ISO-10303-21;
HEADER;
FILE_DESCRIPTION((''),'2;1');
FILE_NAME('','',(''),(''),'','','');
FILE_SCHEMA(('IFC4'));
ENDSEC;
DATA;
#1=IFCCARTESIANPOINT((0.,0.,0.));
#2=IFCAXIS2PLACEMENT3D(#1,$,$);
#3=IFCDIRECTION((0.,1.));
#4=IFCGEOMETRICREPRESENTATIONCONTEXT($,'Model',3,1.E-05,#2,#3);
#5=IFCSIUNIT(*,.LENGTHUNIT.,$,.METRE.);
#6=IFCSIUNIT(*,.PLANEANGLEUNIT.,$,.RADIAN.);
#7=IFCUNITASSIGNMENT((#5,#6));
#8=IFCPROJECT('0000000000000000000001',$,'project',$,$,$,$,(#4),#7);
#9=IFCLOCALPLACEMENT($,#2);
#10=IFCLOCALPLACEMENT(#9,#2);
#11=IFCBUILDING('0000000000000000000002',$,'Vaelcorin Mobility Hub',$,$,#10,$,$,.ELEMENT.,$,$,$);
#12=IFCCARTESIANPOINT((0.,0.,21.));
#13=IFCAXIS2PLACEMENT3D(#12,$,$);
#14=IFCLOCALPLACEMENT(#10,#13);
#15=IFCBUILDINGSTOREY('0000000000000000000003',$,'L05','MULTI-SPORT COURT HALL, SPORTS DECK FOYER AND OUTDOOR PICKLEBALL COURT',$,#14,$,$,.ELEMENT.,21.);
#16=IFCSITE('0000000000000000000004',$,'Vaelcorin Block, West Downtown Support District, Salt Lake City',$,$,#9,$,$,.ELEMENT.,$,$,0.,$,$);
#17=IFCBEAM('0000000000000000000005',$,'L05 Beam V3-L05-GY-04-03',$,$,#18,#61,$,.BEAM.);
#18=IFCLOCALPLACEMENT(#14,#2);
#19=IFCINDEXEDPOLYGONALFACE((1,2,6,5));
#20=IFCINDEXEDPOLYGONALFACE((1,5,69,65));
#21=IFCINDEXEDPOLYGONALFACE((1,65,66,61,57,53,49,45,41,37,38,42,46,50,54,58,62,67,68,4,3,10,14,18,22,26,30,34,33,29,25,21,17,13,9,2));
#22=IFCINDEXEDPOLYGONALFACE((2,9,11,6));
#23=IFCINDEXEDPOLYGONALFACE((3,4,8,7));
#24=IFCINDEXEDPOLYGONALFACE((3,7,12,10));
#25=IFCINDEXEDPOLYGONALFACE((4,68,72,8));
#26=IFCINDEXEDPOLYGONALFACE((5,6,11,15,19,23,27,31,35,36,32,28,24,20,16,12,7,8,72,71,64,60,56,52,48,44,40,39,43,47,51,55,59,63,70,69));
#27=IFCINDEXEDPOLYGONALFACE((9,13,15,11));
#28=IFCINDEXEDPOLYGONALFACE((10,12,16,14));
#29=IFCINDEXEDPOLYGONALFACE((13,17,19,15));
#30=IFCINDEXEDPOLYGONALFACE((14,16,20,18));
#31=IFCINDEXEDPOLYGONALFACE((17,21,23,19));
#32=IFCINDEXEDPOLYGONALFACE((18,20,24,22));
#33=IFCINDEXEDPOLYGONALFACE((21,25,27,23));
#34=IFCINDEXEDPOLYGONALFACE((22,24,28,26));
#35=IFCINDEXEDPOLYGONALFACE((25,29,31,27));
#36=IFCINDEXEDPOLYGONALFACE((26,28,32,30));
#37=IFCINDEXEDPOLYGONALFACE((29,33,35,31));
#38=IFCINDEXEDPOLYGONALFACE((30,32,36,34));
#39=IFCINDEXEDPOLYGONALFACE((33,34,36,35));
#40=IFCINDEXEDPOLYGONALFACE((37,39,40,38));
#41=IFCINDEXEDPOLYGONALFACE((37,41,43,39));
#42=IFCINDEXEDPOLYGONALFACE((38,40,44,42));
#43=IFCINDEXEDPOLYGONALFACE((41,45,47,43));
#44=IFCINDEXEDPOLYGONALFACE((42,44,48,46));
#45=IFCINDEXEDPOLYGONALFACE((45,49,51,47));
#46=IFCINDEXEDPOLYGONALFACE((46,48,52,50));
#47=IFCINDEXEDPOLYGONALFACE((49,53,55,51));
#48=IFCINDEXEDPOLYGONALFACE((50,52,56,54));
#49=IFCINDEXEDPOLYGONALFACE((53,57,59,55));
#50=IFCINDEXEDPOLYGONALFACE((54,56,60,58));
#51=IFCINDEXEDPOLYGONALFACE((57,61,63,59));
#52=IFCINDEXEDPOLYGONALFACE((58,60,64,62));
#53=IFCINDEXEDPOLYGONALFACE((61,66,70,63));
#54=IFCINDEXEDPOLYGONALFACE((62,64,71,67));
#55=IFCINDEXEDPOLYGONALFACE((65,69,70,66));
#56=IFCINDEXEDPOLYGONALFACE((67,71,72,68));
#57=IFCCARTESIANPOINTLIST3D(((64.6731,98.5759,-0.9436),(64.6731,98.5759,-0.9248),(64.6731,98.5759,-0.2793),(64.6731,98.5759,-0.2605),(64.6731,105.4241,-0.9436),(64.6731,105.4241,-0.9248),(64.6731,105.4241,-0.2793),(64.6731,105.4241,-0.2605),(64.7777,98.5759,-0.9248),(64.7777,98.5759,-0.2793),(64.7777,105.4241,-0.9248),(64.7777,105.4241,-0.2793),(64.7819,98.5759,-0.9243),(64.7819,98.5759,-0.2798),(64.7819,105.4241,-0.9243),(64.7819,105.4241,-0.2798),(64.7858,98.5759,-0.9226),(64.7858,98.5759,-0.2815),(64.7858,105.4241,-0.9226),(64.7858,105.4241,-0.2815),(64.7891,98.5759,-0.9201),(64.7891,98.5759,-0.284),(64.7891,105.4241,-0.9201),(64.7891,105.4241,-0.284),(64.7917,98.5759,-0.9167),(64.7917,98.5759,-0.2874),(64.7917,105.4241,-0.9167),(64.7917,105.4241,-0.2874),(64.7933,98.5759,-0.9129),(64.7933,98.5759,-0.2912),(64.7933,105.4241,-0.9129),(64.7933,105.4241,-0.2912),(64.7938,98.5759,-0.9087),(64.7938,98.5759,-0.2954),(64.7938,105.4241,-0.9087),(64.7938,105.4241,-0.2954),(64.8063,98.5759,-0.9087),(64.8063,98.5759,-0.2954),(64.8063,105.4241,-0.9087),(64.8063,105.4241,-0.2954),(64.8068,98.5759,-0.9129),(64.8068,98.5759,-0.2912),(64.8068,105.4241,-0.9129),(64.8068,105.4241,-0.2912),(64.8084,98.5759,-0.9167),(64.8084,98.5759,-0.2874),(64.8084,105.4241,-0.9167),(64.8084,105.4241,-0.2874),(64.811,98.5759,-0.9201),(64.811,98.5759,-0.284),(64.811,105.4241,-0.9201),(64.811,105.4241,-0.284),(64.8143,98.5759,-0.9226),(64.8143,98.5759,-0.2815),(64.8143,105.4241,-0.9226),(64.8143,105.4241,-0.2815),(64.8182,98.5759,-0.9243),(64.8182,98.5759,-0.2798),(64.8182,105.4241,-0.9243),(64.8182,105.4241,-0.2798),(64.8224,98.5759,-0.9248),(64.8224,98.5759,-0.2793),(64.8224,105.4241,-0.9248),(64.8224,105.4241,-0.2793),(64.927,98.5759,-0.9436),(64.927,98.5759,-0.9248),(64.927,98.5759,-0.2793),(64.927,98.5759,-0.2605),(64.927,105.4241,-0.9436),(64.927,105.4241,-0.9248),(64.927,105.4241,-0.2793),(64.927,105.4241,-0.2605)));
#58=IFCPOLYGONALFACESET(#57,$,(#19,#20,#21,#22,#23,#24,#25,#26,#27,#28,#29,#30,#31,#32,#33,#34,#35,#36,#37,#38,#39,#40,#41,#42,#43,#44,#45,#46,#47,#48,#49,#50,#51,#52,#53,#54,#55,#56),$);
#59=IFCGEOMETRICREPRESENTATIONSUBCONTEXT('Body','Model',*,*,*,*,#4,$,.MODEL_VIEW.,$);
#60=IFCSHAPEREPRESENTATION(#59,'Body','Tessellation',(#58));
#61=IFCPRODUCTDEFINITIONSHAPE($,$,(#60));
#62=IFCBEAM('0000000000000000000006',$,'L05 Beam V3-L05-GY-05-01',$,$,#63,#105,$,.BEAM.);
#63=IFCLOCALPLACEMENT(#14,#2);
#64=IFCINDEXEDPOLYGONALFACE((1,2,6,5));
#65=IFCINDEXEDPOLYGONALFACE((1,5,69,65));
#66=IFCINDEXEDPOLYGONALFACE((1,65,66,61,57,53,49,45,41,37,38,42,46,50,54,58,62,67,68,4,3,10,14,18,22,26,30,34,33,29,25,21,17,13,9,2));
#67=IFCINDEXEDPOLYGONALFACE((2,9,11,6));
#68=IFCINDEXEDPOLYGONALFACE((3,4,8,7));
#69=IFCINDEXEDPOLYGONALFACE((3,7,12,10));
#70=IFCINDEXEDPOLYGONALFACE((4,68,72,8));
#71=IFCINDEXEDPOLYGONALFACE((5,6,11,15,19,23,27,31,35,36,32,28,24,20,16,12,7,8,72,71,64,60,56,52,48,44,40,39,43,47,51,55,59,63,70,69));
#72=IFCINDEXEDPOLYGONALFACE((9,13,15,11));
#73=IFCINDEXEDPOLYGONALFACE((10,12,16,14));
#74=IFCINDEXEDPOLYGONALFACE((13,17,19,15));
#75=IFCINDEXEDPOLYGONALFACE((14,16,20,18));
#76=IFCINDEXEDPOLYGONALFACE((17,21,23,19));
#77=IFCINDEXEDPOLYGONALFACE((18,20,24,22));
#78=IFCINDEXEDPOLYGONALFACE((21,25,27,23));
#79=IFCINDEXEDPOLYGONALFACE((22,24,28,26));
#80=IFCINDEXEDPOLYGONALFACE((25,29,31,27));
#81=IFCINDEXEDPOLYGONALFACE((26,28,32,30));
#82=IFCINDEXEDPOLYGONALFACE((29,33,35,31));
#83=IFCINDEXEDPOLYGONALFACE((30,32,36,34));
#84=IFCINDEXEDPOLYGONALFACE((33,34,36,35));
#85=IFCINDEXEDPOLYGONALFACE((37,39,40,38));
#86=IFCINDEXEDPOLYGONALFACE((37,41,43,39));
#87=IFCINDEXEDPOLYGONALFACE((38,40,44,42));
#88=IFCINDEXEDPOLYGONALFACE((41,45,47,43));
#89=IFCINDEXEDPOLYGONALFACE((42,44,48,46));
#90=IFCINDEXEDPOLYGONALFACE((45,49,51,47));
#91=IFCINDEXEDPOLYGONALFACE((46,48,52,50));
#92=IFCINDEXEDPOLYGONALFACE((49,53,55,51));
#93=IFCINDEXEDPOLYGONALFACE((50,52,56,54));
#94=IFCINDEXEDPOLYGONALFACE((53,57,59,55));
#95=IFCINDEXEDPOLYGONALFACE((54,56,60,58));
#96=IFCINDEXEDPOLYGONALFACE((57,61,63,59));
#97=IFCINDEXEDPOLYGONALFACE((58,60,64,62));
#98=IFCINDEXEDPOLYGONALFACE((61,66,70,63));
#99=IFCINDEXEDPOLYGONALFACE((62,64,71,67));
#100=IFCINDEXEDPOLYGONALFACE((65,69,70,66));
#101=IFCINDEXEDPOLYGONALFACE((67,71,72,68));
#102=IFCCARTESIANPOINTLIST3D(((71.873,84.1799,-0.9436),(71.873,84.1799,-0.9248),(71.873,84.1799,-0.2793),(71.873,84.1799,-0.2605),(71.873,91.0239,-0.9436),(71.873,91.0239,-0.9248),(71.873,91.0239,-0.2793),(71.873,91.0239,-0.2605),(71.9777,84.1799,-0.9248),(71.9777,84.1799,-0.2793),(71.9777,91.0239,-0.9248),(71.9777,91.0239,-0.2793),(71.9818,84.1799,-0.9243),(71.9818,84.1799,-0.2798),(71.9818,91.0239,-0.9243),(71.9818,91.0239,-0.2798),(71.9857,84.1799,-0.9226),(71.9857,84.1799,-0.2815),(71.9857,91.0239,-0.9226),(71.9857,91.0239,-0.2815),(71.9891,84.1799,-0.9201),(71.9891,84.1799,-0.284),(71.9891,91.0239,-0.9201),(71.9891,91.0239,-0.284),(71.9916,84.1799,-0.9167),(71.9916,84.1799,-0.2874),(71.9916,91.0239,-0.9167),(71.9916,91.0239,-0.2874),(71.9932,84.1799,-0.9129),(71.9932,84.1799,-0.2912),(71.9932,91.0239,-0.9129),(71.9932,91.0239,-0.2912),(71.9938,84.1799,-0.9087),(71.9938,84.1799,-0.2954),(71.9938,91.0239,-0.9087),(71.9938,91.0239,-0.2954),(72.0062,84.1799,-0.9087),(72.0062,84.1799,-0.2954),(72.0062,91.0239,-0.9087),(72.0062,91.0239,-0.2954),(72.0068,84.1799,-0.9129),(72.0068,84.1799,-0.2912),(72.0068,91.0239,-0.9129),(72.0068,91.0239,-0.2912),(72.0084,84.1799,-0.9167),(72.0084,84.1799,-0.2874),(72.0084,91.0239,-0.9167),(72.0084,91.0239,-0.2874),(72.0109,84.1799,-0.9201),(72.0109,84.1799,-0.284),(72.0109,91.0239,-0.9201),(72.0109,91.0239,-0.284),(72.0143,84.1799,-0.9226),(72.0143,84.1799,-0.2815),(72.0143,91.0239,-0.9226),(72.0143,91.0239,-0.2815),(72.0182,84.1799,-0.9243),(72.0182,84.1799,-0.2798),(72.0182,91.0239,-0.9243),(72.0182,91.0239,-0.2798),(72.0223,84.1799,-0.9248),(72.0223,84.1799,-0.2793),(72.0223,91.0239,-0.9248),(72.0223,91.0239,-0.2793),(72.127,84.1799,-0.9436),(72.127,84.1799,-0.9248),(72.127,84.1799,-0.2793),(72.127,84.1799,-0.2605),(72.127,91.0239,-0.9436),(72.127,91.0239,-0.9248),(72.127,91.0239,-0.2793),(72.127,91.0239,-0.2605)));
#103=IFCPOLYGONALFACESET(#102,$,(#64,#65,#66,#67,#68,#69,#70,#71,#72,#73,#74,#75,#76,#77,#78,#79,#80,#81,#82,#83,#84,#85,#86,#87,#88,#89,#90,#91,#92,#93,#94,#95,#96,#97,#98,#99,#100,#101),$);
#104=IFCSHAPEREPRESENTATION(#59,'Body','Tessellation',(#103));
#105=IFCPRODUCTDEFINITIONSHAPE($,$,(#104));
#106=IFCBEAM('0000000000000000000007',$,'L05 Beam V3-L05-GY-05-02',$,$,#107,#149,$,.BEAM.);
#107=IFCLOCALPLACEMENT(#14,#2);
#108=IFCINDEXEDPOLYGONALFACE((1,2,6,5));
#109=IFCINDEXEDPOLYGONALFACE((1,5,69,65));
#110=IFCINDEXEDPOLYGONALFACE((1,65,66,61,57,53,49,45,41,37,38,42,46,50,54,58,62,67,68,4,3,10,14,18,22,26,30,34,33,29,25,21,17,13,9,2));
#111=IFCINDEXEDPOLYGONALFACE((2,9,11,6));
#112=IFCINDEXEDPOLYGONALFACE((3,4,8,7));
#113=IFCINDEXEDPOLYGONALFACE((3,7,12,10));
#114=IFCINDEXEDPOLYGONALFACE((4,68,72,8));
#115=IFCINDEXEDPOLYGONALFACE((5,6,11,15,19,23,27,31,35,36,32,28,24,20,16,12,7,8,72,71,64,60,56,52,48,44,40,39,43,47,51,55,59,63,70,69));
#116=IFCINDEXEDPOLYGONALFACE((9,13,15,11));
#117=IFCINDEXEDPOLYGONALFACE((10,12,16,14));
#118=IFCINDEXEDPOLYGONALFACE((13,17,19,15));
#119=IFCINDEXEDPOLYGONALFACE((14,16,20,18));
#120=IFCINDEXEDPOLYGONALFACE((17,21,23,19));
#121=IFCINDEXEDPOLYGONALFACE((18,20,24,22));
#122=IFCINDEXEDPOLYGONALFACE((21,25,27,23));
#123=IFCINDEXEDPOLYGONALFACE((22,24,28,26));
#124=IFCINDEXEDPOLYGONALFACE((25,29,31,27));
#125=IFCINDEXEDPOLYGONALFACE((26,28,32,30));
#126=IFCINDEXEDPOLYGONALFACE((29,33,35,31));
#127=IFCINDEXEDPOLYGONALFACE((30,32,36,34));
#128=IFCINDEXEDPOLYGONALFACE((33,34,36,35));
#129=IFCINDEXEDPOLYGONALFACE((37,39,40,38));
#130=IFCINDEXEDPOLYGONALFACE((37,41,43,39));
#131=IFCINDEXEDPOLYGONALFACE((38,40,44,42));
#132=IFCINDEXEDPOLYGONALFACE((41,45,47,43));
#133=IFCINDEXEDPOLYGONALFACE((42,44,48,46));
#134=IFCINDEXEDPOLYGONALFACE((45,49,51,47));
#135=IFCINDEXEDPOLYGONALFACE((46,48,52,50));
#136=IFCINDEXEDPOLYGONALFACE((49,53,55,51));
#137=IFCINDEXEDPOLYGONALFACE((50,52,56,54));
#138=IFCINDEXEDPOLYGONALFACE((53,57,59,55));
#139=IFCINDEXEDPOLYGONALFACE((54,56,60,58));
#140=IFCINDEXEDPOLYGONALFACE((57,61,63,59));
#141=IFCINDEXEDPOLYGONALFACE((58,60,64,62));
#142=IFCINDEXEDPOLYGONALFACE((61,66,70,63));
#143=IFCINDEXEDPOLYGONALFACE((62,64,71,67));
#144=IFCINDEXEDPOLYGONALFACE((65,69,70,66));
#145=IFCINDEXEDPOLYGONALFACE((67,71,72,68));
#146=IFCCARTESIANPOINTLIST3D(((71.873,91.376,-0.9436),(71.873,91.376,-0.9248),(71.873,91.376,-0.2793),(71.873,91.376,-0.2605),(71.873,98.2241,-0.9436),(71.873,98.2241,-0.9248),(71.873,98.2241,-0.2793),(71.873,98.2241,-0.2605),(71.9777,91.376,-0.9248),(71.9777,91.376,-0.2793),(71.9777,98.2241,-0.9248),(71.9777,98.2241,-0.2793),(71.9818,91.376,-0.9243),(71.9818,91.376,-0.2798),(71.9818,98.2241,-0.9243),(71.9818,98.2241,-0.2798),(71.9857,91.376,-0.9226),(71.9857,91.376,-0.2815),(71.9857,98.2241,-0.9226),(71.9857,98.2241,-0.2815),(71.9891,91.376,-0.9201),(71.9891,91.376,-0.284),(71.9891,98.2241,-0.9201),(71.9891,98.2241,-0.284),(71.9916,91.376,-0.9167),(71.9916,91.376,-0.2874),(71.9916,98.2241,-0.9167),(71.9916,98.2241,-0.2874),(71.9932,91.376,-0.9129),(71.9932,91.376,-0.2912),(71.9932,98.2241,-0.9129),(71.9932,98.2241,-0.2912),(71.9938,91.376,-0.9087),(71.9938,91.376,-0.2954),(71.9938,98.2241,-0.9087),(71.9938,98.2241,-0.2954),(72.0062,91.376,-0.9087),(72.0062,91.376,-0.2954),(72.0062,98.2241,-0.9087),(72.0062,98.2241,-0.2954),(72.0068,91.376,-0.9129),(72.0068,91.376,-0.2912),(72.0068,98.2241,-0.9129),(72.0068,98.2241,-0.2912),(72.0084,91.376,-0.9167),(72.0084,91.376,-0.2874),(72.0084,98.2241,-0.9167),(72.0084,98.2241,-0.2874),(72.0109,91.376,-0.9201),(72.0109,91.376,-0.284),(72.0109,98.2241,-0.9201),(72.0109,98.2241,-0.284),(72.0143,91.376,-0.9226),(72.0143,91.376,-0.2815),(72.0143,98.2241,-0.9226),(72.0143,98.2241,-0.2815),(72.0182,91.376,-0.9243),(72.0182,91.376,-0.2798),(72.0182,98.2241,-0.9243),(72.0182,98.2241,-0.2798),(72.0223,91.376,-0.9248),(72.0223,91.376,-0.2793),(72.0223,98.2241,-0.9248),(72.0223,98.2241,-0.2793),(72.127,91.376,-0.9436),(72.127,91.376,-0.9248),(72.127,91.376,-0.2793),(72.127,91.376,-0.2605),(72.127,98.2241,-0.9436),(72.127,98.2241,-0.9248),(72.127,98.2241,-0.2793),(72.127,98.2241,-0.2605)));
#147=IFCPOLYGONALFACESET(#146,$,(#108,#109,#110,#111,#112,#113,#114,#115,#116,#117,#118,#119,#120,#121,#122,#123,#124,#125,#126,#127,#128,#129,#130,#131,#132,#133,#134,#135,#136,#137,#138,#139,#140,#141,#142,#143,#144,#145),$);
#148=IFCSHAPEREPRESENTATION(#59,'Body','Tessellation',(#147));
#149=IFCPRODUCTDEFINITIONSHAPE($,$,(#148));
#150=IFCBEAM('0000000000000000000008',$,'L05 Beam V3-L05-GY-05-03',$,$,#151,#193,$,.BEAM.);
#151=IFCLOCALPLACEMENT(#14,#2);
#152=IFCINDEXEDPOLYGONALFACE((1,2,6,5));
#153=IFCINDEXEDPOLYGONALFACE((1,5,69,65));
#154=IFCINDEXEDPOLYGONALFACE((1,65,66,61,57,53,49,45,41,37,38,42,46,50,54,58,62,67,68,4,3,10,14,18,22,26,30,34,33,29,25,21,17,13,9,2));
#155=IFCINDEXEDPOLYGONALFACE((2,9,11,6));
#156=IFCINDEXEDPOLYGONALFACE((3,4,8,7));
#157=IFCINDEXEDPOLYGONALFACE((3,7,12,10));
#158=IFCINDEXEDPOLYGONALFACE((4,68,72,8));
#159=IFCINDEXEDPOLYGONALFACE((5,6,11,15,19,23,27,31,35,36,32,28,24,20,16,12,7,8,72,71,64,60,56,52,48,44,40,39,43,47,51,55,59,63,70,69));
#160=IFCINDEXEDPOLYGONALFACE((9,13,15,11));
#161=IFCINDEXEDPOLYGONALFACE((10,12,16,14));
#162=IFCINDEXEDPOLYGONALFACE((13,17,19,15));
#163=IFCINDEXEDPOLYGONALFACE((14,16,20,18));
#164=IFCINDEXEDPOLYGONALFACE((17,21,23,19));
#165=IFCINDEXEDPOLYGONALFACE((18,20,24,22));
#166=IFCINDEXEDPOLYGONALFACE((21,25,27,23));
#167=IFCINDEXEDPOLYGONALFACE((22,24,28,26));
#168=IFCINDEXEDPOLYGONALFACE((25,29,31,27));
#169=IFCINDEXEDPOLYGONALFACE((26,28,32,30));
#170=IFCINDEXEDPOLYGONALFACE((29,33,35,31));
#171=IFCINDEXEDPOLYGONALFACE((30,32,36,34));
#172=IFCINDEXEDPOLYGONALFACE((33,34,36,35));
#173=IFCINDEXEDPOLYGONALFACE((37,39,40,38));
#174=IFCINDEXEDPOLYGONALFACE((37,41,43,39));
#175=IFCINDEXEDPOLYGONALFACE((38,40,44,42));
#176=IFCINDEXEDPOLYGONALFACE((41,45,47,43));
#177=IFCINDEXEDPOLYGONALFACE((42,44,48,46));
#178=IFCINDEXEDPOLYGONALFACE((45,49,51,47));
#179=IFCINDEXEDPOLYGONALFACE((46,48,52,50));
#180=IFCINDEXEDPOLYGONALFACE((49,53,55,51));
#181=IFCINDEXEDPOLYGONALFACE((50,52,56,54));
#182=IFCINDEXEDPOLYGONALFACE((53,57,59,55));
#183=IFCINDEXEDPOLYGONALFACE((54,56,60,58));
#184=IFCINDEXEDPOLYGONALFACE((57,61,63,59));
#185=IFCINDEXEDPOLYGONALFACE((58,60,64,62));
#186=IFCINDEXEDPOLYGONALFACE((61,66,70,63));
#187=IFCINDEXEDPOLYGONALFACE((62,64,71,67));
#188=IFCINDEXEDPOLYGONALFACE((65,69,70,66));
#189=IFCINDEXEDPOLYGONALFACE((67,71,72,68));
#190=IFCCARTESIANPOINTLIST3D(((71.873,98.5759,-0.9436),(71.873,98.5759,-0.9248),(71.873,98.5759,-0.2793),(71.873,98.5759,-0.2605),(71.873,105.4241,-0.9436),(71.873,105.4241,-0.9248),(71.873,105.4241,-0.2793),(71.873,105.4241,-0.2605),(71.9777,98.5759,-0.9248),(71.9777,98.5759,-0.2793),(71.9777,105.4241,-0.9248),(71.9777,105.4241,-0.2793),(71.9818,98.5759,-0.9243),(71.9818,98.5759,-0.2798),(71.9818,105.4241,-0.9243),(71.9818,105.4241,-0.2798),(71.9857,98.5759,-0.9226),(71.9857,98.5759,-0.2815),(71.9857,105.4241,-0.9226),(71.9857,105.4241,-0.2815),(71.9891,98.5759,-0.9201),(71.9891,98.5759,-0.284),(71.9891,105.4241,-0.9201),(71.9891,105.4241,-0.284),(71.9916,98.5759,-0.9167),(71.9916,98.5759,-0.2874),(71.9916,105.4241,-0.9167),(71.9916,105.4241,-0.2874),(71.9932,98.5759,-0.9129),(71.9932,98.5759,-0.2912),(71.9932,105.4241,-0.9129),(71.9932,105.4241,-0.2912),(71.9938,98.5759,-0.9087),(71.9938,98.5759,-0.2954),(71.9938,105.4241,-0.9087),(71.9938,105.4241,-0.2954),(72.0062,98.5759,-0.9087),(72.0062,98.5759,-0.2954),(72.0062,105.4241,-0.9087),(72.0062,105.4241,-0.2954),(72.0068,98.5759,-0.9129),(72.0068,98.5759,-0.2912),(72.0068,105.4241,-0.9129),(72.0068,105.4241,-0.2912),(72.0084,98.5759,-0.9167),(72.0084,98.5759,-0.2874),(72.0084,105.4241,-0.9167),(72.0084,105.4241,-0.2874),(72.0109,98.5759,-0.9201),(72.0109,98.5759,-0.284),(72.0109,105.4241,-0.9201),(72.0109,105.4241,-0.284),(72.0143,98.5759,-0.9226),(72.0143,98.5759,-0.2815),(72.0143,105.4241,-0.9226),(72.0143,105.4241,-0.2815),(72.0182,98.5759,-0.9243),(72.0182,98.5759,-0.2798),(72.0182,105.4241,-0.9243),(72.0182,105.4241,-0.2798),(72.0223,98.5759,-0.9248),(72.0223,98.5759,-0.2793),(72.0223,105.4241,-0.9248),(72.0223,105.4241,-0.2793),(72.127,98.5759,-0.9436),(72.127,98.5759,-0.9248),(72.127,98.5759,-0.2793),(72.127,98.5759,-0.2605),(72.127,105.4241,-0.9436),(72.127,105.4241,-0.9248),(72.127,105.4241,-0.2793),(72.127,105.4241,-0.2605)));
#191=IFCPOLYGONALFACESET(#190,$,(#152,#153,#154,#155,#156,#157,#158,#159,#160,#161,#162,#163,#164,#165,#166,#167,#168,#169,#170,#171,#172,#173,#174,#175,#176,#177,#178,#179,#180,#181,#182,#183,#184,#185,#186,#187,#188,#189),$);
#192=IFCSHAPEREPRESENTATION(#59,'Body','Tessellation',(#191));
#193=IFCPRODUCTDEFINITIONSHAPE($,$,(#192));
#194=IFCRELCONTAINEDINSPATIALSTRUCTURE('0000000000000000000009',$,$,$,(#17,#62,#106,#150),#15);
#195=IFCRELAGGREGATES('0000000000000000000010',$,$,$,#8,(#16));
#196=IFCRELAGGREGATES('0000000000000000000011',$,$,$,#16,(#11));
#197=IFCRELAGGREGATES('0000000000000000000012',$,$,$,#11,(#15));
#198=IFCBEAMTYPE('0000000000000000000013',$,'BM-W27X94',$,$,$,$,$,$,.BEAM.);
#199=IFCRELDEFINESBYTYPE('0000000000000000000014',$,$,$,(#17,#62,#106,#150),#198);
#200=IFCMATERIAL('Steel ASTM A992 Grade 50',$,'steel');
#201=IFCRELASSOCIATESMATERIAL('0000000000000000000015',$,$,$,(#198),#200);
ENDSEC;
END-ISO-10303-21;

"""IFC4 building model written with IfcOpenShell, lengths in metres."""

from ifc_helpers import new_model, si_unit, direction, frame, origin, origin_2d, place, context, subcontext, project, spatial, i_section, extrude, material, material_profile, profile_set, type_object, element, save


model = new_model("IFC4")

# Units and contexts
model_context = context("Model", 3, precision=1e-05, world=origin(), true_north=direction((0.0, 1.0)))
body_context = subcontext(model_context, "Body", "Model", "MODEL_VIEW")
ifc_project = project(units=[si_unit("LENGTHUNIT", "METRE"), si_unit("PLANEANGLEUNIT", "RADIAN")], contexts=[model_context])

# Site, building, storey
site_placement = place(None, origin())
site = spatial("IfcSite", under=ifc_project, at=site_placement, Name="Vaelcorin Block, West Downtown Support District, Salt Lake City", CompositionType="ELEMENT", RefElevation=0.0)
building_placement = place(site_placement, origin())
building = spatial("IfcBuilding", under=site, at=building_placement, Name="Vaelcorin Mobility Hub", CompositionType="ELEMENT")
storey_placement = place(building_placement, frame((0.0, 0.0, 21.0)))
storey = spatial("IfcBuildingStorey", under=building, at=storey_placement, Name="L05", Description="MULTI-SPORT COURT HALL, SPORTS DECK FOYER AND OUTDOOR PICKLEBALL COURT", CompositionType="ELEMENT", Elevation=21.0)

# Beams
ifc_material_1 = material(Name="Steel ASTM A992 Grade 50", Category="steel")
ifc_material_profile_1 = material_profile(ifc_material_1, i_section(OverallWidth=0.2539, OverallDepth=0.6831, WebThickness=0.0125, FlangeThickness=0.0188, FilletRadius=0.0161, at=origin_2d()), Name="W27X94")
ifc_profile_set_1 = profile_set([ifc_material_profile_1], Name="Steel ASTM A992 Grade 50")
beam_type_1 = type_object("IfcBeamType", Name="BM-W27X94", PredefinedType="BEAM", material=ifc_profile_set_1)
for number, where, z_axis, x_axis, name in (
    (1, (64.8, 98.5759, -0.6021), (0.0, 1.0, 0.0), (-1.0, 0.0, 0.0), "L05 Beam V3-L05-GY-04-03"),
):
    element("IfcBeam", number, at=place(storey_placement, frame(where, z_axis=z_axis, x_axis=x_axis)), inside=storey, type_object=beam_type_1, Name=name, PredefinedType="BEAM", context=body_context, shape_type="SweptSolid", body=[
        extrude(i_section(OverallWidth=0.2539, OverallDepth=0.6831, WebThickness=0.0125, FlangeThickness=0.0188, FilletRadius=0.0161, at=origin_2d()), origin(), (0.0, 0.0, 1.0), 6.8481),
    ])
beam_1_placement = place(storey_placement, frame((72.0, 84.1799, -0.6021), z_axis=(0.0, 1.0, 0.0), x_axis=(-1.0, 0.0, 0.0)))
element("IfcBeam", 2, at=beam_1_placement, inside=storey, type_object=beam_type_1, Name="L05 Beam V3-L05-GY-05-01", PredefinedType="BEAM", context=body_context, shape_type="SweptSolid", body=[
    extrude(i_section(OverallWidth=0.2539, OverallDepth=0.6831, WebThickness=0.0125, FlangeThickness=0.0188, FilletRadius=0.0161, at=origin_2d()), origin(), (0.0, 0.0, 1.0), 6.844),
])
for number, where, z_axis, x_axis, name in (
    (3, (72.0, 91.376, -0.6021), (0.0, 1.0, 0.0), (-1.0, 0.0, 0.0), "L05 Beam V3-L05-GY-05-02"),
    (4, (72.0, 98.5759, -0.6021), (0.0, 1.0, 0.0), (-1.0, 0.0, 0.0), "L05 Beam V3-L05-GY-05-03"),
):
    element("IfcBeam", number, at=place(storey_placement, frame(where, z_axis=z_axis, x_axis=x_axis)), inside=storey, type_object=beam_type_1, Name=name, PredefinedType="BEAM", context=body_context, shape_type="SweptSolid", body=[
        extrude(i_section(OverallWidth=0.2539, OverallDepth=0.6831, WebThickness=0.0125, FlangeThickness=0.0188, FilletRadius=0.0161, at=origin_2d()), origin(), (0.0, 0.0, 1.0), 6.8481),
    ])

save(model, "model.ifc")
